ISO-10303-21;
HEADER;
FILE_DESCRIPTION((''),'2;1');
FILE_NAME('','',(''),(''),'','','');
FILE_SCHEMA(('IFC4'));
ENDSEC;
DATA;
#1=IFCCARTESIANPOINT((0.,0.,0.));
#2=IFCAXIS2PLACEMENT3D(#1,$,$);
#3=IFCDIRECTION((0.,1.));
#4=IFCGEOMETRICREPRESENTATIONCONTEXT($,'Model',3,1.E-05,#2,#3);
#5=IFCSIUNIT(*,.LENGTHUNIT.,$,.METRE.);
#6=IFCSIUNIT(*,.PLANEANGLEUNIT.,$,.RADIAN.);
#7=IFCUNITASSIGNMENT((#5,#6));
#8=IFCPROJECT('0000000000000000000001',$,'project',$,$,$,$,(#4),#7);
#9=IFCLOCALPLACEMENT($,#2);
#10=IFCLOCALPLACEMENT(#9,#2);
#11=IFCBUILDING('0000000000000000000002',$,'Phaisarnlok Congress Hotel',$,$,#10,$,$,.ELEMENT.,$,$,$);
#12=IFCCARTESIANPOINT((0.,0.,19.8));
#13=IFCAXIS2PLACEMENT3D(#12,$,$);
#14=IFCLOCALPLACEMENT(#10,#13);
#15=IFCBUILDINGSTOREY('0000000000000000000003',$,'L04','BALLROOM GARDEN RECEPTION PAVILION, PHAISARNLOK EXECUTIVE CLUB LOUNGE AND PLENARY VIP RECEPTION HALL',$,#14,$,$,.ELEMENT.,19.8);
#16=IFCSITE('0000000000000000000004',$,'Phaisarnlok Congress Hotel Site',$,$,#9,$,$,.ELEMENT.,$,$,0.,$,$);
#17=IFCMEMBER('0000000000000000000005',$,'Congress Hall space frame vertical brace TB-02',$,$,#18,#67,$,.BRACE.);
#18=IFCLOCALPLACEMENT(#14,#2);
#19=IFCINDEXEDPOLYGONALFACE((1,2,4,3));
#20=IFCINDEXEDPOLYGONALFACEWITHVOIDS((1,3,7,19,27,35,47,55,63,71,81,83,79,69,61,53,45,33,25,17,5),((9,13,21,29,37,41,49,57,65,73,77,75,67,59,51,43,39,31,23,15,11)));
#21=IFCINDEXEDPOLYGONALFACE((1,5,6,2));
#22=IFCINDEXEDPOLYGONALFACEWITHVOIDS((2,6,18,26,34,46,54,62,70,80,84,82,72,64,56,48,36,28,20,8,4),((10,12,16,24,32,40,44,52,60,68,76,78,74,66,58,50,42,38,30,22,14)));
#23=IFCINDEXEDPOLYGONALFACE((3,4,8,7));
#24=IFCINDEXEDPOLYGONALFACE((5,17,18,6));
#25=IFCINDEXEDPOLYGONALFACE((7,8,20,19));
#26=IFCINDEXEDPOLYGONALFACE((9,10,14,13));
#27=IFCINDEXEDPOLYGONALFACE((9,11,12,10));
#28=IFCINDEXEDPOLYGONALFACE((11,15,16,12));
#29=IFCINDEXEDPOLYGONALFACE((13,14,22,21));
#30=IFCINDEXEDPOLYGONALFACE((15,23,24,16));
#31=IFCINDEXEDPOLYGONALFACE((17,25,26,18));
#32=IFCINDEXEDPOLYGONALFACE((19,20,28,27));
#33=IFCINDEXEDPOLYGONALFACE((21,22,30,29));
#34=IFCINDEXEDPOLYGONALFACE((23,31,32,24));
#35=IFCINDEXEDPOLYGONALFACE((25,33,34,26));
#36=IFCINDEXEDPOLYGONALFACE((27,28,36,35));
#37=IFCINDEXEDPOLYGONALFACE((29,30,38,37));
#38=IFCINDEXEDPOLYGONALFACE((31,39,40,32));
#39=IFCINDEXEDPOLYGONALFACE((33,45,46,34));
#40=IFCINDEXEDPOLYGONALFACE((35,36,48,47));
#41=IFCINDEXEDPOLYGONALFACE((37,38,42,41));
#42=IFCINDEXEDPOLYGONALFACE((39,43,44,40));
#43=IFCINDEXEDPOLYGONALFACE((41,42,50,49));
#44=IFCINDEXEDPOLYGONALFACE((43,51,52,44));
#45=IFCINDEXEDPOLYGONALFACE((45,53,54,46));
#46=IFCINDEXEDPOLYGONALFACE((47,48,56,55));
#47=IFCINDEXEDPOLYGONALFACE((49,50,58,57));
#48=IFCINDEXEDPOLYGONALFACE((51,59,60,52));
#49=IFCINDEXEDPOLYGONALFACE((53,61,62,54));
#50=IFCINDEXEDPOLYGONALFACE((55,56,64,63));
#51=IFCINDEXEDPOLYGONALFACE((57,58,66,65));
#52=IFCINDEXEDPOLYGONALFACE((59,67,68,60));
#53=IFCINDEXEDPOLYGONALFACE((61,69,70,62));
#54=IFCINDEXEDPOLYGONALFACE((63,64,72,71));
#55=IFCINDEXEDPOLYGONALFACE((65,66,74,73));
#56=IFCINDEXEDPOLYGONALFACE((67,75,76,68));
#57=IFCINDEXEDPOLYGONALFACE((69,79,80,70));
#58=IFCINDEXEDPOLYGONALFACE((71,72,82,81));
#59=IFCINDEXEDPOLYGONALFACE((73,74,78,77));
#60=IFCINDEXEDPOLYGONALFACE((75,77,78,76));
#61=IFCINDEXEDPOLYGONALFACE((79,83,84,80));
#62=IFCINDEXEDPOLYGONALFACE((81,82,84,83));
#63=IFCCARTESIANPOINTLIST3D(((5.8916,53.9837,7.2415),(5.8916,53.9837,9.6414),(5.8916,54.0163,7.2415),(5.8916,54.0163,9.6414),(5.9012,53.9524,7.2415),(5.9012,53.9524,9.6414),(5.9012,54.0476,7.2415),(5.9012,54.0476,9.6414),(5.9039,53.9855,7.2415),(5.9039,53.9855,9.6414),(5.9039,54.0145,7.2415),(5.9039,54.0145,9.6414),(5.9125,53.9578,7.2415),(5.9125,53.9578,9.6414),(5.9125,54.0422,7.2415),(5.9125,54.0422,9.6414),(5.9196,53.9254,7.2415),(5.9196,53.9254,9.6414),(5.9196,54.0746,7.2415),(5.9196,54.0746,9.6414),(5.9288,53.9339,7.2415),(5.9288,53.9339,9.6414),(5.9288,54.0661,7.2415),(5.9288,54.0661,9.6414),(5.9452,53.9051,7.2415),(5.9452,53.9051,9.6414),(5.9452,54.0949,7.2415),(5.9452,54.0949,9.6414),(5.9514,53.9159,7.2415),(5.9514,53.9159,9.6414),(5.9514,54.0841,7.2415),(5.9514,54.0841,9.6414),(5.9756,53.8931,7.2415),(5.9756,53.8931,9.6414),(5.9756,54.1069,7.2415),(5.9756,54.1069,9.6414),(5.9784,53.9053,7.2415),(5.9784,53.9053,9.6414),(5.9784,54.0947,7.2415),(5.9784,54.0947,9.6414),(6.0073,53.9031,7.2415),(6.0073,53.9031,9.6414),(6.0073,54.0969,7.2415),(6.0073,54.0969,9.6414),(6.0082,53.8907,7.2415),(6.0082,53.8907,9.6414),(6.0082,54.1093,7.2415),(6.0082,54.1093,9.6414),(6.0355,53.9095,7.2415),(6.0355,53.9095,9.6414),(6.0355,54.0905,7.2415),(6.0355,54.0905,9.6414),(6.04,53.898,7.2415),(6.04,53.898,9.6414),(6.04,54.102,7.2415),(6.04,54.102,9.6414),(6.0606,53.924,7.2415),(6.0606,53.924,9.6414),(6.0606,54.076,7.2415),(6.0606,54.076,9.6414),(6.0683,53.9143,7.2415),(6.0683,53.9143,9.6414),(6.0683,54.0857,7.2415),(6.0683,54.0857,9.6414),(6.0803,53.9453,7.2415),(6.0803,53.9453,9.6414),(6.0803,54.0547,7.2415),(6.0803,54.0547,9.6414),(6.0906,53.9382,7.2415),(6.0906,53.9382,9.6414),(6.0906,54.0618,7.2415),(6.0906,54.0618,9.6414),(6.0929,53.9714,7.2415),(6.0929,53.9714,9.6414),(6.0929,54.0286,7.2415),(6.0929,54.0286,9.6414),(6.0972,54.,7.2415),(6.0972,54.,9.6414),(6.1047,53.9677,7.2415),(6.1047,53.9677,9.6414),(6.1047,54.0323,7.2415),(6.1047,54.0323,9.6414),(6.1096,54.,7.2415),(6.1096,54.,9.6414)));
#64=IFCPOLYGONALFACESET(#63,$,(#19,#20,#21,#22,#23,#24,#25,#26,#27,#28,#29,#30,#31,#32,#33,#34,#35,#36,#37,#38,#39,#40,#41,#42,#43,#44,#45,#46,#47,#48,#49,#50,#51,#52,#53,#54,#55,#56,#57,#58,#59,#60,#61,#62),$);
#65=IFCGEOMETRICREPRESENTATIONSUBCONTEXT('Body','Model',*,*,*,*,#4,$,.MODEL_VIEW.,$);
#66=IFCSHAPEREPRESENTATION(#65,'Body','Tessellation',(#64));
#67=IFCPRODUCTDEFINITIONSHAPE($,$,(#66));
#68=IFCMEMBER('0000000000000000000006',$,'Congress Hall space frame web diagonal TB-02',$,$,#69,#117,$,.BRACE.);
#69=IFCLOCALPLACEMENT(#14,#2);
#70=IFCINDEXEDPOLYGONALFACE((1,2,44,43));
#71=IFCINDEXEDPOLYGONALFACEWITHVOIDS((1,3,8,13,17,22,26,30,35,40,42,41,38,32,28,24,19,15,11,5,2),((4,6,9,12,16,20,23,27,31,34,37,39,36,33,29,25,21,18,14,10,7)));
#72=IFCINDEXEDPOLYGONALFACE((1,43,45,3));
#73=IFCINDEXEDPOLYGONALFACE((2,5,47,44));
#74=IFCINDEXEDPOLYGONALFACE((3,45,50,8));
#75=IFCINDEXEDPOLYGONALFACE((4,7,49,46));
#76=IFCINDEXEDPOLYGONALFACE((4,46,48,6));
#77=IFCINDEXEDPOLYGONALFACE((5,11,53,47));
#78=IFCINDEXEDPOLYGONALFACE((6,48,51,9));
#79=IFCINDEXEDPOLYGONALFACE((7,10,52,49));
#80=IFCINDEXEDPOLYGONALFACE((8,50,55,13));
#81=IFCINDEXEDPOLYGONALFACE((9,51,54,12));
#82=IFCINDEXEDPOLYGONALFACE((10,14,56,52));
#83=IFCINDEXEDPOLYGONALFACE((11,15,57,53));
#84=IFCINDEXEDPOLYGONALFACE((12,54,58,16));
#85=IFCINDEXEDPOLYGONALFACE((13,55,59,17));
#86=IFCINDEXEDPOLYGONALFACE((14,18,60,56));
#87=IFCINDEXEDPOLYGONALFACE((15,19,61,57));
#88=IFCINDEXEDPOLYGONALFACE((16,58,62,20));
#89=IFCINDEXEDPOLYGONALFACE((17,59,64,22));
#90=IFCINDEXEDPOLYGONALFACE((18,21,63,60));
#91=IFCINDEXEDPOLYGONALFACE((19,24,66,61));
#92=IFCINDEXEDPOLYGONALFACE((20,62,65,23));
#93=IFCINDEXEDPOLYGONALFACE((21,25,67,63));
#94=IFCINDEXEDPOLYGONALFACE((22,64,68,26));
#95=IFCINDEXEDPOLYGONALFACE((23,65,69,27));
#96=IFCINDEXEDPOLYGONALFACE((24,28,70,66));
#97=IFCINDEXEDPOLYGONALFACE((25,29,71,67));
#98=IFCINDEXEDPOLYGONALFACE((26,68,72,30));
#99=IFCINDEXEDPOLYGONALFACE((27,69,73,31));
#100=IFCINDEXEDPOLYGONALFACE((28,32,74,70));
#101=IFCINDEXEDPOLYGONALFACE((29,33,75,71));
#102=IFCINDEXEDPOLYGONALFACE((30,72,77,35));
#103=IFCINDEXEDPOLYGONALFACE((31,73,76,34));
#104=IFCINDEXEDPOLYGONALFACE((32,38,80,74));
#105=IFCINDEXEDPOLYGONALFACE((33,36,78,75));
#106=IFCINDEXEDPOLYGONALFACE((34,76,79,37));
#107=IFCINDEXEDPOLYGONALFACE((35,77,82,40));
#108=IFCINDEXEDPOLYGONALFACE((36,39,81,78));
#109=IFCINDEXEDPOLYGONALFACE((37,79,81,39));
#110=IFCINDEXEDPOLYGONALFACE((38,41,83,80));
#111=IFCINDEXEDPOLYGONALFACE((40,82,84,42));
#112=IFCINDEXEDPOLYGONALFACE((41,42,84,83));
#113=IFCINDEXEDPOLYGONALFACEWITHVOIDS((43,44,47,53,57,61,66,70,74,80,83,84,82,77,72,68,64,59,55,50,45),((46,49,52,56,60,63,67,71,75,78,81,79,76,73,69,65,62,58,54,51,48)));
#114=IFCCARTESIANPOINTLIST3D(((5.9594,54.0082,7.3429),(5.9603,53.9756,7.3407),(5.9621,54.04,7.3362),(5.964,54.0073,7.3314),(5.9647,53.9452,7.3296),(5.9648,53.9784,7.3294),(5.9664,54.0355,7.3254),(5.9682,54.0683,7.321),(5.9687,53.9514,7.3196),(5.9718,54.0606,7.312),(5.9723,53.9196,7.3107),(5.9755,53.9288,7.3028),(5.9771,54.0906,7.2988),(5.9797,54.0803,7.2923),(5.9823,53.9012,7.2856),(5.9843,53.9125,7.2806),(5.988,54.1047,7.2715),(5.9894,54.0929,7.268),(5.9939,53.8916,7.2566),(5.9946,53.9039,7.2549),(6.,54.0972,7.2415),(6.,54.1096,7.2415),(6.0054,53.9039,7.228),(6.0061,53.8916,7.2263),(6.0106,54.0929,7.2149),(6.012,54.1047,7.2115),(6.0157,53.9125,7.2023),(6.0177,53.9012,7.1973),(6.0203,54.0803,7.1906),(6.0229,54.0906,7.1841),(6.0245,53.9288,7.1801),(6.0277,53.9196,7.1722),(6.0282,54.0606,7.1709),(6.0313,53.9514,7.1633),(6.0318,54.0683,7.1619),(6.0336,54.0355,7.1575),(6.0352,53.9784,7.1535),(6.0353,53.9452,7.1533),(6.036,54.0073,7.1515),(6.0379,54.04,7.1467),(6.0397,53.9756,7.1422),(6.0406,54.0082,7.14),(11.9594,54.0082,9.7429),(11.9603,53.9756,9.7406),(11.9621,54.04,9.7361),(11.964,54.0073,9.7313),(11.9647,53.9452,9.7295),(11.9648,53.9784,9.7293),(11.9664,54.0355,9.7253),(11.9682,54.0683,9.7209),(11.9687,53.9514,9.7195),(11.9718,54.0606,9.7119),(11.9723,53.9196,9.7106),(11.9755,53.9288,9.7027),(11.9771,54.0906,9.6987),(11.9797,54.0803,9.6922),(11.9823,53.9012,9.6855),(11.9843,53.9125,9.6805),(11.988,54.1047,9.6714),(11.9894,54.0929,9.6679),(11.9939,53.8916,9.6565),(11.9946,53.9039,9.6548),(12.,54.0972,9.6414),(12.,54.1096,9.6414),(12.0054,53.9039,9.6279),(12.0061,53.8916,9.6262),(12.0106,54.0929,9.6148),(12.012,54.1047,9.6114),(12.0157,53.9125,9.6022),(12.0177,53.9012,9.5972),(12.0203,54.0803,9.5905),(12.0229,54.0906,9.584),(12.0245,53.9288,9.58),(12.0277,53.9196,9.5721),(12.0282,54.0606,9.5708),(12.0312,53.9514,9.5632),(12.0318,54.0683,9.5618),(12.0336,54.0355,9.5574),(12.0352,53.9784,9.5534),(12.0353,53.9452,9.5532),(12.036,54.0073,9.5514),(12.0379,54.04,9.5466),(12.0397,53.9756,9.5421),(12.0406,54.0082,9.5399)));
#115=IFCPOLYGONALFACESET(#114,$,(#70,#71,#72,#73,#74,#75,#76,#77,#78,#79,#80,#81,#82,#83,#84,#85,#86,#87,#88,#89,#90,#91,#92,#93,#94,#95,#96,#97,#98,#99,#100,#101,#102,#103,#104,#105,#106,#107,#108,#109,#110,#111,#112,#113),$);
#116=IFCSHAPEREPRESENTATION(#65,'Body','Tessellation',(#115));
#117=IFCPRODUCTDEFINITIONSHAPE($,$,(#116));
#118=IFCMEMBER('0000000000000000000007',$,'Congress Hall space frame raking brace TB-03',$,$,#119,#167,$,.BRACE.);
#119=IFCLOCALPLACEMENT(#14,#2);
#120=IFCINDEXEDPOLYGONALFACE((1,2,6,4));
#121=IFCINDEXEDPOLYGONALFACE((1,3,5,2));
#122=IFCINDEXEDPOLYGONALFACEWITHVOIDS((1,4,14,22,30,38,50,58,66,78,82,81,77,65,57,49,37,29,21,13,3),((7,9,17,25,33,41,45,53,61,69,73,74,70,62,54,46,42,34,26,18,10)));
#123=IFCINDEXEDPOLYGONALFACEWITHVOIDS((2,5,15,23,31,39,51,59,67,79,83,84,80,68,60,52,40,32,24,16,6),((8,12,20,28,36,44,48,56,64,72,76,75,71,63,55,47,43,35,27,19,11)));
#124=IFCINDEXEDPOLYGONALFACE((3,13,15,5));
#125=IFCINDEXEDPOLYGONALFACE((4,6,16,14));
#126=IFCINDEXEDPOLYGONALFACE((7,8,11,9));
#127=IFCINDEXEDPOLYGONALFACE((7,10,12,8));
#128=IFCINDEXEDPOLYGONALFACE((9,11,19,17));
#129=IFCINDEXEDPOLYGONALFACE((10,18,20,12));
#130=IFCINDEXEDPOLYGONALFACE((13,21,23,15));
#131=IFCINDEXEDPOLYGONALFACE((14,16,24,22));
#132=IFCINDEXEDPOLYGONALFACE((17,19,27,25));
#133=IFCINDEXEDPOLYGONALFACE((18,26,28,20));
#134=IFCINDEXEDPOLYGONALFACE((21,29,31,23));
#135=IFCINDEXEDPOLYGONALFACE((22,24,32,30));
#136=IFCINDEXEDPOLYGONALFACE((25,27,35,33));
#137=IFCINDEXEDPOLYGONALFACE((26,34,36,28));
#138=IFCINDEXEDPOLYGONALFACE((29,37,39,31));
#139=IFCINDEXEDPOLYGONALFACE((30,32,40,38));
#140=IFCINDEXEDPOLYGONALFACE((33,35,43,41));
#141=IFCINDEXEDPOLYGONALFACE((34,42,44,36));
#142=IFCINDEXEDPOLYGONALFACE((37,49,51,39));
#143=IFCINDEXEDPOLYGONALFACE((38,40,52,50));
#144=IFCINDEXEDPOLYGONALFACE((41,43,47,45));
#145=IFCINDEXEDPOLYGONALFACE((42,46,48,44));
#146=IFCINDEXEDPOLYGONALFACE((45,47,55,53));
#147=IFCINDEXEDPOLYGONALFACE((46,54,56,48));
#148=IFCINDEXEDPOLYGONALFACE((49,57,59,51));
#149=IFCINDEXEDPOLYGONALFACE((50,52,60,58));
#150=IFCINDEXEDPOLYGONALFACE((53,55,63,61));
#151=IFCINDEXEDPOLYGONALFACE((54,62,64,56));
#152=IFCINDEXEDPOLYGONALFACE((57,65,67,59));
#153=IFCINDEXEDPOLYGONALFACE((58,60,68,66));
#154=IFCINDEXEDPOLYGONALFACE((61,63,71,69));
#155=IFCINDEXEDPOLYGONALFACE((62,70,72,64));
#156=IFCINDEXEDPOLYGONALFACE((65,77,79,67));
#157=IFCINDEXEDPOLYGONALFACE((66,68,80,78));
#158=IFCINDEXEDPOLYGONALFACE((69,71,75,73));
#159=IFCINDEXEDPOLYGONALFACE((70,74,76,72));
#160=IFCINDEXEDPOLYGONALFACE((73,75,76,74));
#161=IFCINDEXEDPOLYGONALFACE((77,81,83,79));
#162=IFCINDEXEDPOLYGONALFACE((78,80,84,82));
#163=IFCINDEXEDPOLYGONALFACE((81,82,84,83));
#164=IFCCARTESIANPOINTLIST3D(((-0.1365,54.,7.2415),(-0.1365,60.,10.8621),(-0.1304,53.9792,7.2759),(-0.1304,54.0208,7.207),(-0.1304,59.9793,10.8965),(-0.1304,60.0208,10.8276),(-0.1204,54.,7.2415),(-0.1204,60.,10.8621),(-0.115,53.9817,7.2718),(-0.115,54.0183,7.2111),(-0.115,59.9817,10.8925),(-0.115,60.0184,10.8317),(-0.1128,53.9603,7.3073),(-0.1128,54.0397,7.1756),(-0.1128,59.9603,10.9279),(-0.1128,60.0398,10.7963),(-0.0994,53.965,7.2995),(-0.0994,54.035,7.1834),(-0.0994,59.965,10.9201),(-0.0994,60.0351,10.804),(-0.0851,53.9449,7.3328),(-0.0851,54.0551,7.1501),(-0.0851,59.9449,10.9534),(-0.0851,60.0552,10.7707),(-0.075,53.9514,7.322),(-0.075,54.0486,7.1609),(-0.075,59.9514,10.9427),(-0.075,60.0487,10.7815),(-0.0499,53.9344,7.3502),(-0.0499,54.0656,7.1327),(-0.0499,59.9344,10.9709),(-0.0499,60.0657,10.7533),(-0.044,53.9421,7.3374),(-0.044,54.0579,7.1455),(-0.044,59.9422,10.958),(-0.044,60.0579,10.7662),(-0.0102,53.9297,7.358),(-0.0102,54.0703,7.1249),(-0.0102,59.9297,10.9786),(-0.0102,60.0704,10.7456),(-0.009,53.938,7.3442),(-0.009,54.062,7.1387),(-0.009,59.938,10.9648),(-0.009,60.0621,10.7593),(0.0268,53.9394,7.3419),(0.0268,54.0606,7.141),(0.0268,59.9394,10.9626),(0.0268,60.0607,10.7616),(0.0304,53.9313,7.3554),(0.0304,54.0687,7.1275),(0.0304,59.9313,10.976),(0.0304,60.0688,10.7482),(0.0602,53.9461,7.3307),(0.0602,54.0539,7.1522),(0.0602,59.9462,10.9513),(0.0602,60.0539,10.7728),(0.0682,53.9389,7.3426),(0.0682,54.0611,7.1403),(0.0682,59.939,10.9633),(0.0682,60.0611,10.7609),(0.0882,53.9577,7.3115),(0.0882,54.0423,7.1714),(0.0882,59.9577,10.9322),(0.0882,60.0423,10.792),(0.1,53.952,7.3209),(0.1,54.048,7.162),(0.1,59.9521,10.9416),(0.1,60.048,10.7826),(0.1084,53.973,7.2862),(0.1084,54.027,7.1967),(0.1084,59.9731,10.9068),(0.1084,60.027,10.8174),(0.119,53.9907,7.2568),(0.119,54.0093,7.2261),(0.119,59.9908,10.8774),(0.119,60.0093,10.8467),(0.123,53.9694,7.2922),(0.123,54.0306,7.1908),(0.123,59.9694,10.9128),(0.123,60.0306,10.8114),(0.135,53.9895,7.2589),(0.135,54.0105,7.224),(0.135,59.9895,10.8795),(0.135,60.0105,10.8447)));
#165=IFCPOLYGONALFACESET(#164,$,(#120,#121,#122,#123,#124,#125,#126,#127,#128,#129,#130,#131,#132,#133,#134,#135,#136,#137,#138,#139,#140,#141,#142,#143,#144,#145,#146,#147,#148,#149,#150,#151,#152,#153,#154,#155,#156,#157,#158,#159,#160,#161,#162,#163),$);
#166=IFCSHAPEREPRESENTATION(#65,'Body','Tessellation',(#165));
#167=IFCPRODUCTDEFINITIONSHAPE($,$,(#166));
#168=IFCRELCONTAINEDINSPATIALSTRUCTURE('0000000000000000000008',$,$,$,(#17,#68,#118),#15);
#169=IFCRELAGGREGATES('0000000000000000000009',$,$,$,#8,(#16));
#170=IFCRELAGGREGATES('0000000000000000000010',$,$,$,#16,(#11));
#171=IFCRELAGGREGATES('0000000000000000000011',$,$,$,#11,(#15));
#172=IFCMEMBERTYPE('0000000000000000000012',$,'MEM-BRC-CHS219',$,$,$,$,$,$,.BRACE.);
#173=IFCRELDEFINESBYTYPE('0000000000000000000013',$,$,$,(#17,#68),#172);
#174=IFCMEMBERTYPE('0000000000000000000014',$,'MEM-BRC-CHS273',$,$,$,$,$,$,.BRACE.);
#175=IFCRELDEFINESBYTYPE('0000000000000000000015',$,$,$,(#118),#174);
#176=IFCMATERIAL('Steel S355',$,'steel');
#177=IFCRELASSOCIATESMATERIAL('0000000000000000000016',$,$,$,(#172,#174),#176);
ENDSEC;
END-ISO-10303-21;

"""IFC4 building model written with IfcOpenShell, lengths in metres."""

from ifc_helpers import new_model, si_unit, direction, frame, origin, origin_2d, place, context, subcontext, project, spatial, hollow_circle, extrude, material, material_profile, profile_set, type_object, element, save


model = new_model("IFC4")

# Units and contexts
model_context = context("Model", 3, precision=1e-05, world=origin(), true_north=direction((0.0, 1.0)))
body_context = subcontext(model_context, "Body", "Model", "MODEL_VIEW")
ifc_project = project(units=[si_unit("LENGTHUNIT", "METRE"), si_unit("PLANEANGLEUNIT", "RADIAN")], contexts=[model_context])

# Site, building, storey
site_placement = place(None, origin())
site = spatial("IfcSite", under=ifc_project, at=site_placement, Name="Phaisarnlok Congress Hotel Site", CompositionType="ELEMENT", RefElevation=0.0)
building_placement = place(site_placement, origin())
building = spatial("IfcBuilding", under=site, at=building_placement, Name="Phaisarnlok Congress Hotel", CompositionType="ELEMENT")
storey_placement = place(building_placement, frame((0.0, 0.0, 19.8)))
storey = spatial("IfcBuildingStorey", under=building, at=storey_placement, Name="L04", Description="BALLROOM GARDEN RECEPTION PAVILION, PHAISARNLOK EXECUTIVE CLUB LOUNGE AND PLENARY VIP RECEPTION HALL", CompositionType="ELEMENT", Elevation=19.8)

# Members
ifc_material_1 = material(Name="Steel S355", Category="steel")
ifc_material_profile_1 = material_profile(ifc_material_1, hollow_circle(Radius=0.1096, WallThickness=0.0125, at=origin_2d()), Name="CHS 219.1x12.5")
ifc_profile_set_1 = profile_set([ifc_material_profile_1], Name="Steel S355")
member_type_1 = type_object("IfcMemberType", Name="MEM-BRC-CHS219", PredefinedType="BRACE", material=ifc_profile_set_1)
member_1_placement = place(storey_placement, frame((6.0, 54.0, 7.2415), z_axis=(0.0, 0.0, 1.0), x_axis=(1.0, 0.0, 0.0)))
element("IfcMember", 1, at=member_1_placement, inside=storey, type_object=member_type_1, Name="Congress Hall space frame vertical brace TB-02", PredefinedType="BRACE", context=body_context, shape_type="SweptSolid", body=[
    extrude(hollow_circle(Radius=0.1096, WallThickness=0.0125, at=origin_2d()), origin(), (0.0, 0.0, 1.0), 2.3999),
])
member_2_placement = place(storey_placement, frame((6.0, 54.0, 7.2415), z_axis=(0.928482, 0.0, 0.371378), x_axis=(0.0, 1.0, 0.0)))
element("IfcMember", 2, at=member_2_placement, inside=storey, type_object=member_type_1, Name="Congress Hall space frame web diagonal TB-02", PredefinedType="BRACE", context=body_context, shape_type="SweptSolid", body=[
    extrude(hollow_circle(Radius=0.1096, WallThickness=0.0125, at=origin_2d()), origin(), (0.0, 0.0, 1.0), 6.4622),
])
ifc_material_profile_2 = material_profile(ifc_material_1, hollow_circle(Radius=0.1365, WallThickness=0.0161, at=origin_2d()), Name="CHS 273x16")
ifc_profile_set_2 = profile_set([ifc_material_profile_2], Name="Steel S355")
member_type_2 = type_object("IfcMemberType", Name="MEM-BRC-CHS273", PredefinedType="BRACE", material=ifc_profile_set_2)
for number, where, z_axis, x_axis, name in (
    (3, (0.0, 54.0, 7.2415), (0.0, 0.856193, 0.516656), (-1.0, 0.0, 0.0), "Congress Hall space frame raking brace TB-03"),
):
    element("IfcMember", number, at=place(storey_placement, frame(where, z_axis=z_axis, x_axis=x_axis)), inside=storey, type_object=member_type_2, Name=name, PredefinedType="BRACE", context=body_context, shape_type="SweptSolid", body=[
        extrude(hollow_circle(Radius=0.1365, WallThickness=0.0161, at=origin_2d()), origin(), (0.0, 0.0, 1.0), 7.0078),
    ])

save(model, "model.ifc")
